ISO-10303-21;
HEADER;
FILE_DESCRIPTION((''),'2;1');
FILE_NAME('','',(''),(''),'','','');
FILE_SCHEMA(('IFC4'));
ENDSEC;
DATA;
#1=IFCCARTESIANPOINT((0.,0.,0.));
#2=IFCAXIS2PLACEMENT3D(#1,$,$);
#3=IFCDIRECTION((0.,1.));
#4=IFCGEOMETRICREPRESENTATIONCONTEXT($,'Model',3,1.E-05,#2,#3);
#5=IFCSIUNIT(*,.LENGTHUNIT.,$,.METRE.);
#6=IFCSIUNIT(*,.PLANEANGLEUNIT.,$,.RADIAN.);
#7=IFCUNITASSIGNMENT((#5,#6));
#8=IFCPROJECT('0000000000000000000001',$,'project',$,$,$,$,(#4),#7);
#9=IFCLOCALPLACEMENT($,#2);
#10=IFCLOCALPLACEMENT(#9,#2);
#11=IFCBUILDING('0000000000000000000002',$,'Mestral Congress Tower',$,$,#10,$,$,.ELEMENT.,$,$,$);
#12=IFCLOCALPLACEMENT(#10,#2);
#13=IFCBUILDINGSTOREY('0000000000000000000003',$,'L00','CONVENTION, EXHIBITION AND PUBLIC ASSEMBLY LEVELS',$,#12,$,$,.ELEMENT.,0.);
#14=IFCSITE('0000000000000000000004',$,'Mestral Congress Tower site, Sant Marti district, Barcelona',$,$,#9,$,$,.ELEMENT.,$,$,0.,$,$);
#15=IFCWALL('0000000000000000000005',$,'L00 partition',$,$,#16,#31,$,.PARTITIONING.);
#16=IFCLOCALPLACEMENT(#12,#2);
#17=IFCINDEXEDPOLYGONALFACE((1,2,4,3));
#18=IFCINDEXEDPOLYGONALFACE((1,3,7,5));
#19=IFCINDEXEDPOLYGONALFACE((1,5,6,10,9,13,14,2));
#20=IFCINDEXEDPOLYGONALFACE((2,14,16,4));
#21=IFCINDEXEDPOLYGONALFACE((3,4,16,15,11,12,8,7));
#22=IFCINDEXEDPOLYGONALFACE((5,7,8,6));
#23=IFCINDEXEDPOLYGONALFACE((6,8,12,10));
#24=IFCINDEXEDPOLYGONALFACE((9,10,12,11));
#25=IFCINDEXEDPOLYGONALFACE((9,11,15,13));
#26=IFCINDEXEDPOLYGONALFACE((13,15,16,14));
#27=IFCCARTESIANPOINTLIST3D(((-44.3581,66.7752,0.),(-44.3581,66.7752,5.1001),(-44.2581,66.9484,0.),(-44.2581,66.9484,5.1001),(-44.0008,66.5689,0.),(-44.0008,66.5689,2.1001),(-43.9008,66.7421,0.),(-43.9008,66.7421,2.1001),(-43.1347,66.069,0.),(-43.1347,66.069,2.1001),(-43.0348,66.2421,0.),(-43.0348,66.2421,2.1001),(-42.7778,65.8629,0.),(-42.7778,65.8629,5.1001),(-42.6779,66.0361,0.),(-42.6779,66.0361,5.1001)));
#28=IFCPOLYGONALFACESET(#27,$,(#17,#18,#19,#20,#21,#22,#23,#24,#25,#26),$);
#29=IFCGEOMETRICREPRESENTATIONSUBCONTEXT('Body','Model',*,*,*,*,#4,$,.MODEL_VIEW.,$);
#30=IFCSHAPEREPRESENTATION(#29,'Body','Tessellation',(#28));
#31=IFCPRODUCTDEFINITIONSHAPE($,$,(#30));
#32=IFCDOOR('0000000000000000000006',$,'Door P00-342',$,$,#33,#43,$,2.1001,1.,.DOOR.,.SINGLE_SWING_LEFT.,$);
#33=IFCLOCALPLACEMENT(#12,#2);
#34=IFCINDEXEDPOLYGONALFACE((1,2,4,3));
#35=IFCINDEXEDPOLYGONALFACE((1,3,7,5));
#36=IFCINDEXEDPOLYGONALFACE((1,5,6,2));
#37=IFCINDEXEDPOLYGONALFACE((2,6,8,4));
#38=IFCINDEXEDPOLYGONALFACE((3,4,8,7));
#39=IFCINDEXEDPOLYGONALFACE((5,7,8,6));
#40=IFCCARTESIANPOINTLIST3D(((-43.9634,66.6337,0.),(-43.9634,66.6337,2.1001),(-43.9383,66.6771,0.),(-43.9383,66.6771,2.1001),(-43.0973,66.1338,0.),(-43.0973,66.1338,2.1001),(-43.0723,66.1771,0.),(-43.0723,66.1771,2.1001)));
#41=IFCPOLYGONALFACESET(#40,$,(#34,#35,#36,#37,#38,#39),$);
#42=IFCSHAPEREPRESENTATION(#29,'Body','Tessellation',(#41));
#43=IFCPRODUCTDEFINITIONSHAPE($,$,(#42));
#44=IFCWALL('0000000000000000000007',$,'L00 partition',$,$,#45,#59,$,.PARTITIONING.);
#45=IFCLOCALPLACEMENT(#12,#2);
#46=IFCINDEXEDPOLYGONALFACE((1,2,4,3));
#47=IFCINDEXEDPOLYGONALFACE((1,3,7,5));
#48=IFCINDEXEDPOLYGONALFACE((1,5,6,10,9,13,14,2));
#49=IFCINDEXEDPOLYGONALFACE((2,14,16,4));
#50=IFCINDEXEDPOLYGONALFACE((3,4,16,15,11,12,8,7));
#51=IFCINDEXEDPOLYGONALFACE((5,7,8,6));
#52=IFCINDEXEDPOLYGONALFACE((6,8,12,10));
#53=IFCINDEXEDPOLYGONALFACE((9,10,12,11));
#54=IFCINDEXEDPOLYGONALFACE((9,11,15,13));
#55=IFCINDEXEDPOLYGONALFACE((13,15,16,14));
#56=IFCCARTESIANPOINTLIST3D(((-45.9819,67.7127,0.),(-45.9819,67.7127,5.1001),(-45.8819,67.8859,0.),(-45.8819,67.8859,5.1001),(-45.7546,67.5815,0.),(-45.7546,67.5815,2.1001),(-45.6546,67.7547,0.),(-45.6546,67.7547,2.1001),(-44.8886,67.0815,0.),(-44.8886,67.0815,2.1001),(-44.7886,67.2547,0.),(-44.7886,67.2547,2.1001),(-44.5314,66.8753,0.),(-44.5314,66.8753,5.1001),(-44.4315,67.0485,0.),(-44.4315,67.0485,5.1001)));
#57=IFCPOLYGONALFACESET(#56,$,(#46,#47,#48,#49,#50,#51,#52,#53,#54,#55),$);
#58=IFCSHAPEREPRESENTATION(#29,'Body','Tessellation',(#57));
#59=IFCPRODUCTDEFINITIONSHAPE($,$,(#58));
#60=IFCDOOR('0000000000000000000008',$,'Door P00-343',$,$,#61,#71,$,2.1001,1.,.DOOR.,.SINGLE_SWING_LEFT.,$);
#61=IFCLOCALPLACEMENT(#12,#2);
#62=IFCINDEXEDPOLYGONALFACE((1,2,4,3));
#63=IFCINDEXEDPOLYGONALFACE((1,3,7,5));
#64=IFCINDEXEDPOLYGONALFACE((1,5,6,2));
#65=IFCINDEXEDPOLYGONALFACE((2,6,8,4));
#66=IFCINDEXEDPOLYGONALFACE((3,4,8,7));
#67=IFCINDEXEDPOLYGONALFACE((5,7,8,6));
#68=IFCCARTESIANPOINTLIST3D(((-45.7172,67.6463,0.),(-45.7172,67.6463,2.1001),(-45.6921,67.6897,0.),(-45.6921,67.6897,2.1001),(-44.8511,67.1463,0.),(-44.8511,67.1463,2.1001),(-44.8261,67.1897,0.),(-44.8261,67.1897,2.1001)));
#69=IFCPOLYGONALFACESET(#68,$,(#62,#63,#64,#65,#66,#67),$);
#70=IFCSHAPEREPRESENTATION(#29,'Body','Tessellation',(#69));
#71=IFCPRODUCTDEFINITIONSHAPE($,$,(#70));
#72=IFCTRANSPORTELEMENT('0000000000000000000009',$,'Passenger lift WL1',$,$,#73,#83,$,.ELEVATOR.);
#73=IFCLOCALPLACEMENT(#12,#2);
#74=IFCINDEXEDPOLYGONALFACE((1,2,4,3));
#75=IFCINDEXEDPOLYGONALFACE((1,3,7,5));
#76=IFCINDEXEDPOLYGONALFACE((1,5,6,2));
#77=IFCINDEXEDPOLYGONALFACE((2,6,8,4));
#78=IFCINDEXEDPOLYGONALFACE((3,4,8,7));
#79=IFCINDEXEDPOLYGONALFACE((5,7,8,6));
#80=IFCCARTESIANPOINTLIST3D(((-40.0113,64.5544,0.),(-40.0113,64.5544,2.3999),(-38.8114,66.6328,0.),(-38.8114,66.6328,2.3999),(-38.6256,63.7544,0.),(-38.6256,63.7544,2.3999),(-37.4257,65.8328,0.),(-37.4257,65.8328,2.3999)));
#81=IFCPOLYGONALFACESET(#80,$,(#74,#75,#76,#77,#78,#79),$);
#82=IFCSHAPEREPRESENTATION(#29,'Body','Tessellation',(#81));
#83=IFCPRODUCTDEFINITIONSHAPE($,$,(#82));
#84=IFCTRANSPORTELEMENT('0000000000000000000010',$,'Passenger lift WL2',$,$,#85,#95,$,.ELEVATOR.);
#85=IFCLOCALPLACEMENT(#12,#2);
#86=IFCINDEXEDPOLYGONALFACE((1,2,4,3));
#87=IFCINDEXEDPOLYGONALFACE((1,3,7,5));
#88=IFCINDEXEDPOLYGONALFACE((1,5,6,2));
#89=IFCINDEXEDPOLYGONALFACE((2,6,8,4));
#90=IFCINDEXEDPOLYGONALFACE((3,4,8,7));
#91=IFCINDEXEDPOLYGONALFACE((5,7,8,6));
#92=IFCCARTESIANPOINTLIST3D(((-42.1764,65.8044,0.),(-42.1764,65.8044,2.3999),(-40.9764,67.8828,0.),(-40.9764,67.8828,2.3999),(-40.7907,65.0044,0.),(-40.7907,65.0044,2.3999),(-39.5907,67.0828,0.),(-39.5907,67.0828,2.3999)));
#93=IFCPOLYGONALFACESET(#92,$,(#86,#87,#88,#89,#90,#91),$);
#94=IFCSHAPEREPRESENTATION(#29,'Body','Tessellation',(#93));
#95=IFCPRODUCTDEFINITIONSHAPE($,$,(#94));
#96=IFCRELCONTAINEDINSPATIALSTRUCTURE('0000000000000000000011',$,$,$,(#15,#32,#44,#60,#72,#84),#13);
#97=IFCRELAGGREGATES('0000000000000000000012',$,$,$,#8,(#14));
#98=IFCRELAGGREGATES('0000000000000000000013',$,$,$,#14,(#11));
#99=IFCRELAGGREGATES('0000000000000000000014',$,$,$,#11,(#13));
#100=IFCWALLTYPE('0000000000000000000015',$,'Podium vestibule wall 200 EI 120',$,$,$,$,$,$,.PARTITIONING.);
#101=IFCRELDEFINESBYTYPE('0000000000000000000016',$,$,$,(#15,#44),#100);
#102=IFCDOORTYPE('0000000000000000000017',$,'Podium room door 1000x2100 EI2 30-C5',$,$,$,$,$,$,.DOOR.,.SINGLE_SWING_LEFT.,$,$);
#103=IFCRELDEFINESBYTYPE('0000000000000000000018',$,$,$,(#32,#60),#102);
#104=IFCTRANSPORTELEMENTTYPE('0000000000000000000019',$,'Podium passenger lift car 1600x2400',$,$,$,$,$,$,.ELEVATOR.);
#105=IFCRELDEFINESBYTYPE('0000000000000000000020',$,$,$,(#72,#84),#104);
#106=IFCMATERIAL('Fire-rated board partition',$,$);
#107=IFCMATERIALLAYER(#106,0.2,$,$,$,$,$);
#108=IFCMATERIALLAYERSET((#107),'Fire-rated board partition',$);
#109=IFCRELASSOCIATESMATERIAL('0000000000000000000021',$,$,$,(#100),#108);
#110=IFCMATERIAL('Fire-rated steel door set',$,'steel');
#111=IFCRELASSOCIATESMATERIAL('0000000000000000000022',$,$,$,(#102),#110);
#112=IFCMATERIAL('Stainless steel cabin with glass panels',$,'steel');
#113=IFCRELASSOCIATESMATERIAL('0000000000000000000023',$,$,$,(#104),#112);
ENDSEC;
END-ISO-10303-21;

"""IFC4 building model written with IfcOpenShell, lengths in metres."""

from ifc_helpers import new_model, si_unit, direction, frame, frame_2d, origin, origin_2d, place, context, subcontext, project, spatial, rectangle, extrude, material, layer, layer_set, type_object, element, fill, save


model = new_model("IFC4")

# Units and contexts
model_context = context("Model", 3, precision=1e-05, world=origin(), true_north=direction((0.0, 1.0)))
body_context = subcontext(model_context, "Body", "Model", "MODEL_VIEW")
ifc_project = project(units=[si_unit("LENGTHUNIT", "METRE"), si_unit("PLANEANGLEUNIT", "RADIAN")], contexts=[model_context])

# Site, building, storey
site_placement = place(None, origin())
site = spatial("IfcSite", under=ifc_project, at=site_placement, Name="Mestral Congress Tower site, Sant Marti district, Barcelona", CompositionType="ELEMENT", RefElevation=0.0)
building_placement = place(site_placement, origin())
building = spatial("IfcBuilding", under=site, at=building_placement, Name="Mestral Congress Tower", CompositionType="ELEMENT")
storey_placement = place(building_placement, origin())
storey = spatial("IfcBuildingStorey", under=building, at=storey_placement, Name="L00", Description="CONVENTION, EXHIBITION AND PUBLIC ASSEMBLY LEVELS", CompositionType="ELEMENT", Elevation=0.0)

# Shared definitions
ifc_material_1 = material(Name="Fire-rated steel door set", Category="steel")

# Shared definitions
ifc_material_2 = material(Name="Fire-rated board partition")
ifc_layer_1 = layer(ifc_material_2, 0.2)
ifc_layer_set_1 = layer_set([ifc_layer_1], Name="Fire-rated board partition")
wall_type_1 = type_object("IfcWallType", Name="Podium vestibule wall 200 EI 120", PredefinedType="PARTITIONING", material=ifc_layer_set_1)

# Walls, openings, doors
wall_1_placement = place(storey_placement, frame((-44.3081, 66.8618, 0.0), z_axis=(0.0, 0.0, 1.0), x_axis=(0.866036, -0.499981, 0.0)))
wall_1 = element("IfcWall", 1, at=wall_1_placement, inside=storey, type_object=wall_type_1, Name="L00 partition", PredefinedType="PARTITIONING", context=body_context, shape_type="SweptSolid", body=[
    extrude(rectangle(XDim=1.8247, YDim=0.2, at=frame_2d((0.9124, 0.0))), origin(), (0.0, 0.0, 1.0), 5.1001),
])
opening_1_placement = place(wall_1_placement, frame((0.4126, 0.0, 0.0)))
opening_1 = element("IfcOpeningElement", 2, at=opening_1_placement, cuts=wall_1, PredefinedType="OPENING", context=body_context, shape_type="SweptSolid", body=[
    extrude(rectangle(XDim=1.0, YDim=2.1001, at=frame_2d((0.5, 1.05))), frame((0.0, 0.1099, 0.0), z_axis=(0.0, -1.0, 0.0), x_axis=(1.0, 0.0, 0.0)), (0.0, 0.0, 1.0), 0.22),
])
door_type_1 = type_object("IfcDoorType", Name="Podium room door 1000x2100 EI2 30-C5", OperationType="SINGLE_SWING_LEFT", PredefinedType="DOOR", material=ifc_material_1)
door_1_placement = place(opening_1_placement, origin())
door_1 = element("IfcDoor", 3, at=door_1_placement, inside=storey, type_object=door_type_1, Name="Door P00-342", OperationType="SINGLE_SWING_LEFT", OverallHeight=2.1001, OverallWidth=1.0, PredefinedType="DOOR", context=body_context, shape_type="SweptSolid", body=[
    extrude(rectangle(XDim=1.0, YDim=2.1001, at=frame_2d((0.5, 1.05))), frame((0.0, 0.0249, 0.0), z_axis=(0.0, -1.0, 0.0), x_axis=(1.0, 0.0, 0.0)), (0.0, 0.0, 1.0), 0.05),
])
fill(opening_1, door_1)
wall_2_placement = place(storey_placement, frame((-45.9319, 67.7993, 0.0), z_axis=(0.0, 0.0, 1.0), x_axis=(0.866028, -0.499996, 0.0)))
wall_2 = element("IfcWall", 4, at=wall_2_placement, inside=storey, type_object=wall_type_1, Name="L00 partition", PredefinedType="PARTITIONING", context=body_context, shape_type="SweptSolid", body=[
    extrude(rectangle(XDim=1.6748, YDim=0.2, at=frame_2d((0.8374, 0.0))), origin(), (0.0, 0.0, 1.0), 5.1001),
])
opening_2_placement = place(wall_2_placement, frame((0.2625, 0.0, 0.0)))
opening_2 = element("IfcOpeningElement", 5, at=opening_2_placement, cuts=wall_2, PredefinedType="OPENING", context=body_context, shape_type="SweptSolid", body=[
    extrude(rectangle(XDim=1.0, YDim=2.1001, at=frame_2d((0.5, 1.05))), frame((0.0, 0.1099, 0.0), z_axis=(0.0, -1.0, 0.0), x_axis=(1.0, 0.0, 0.0)), (0.0, 0.0, 1.0), 0.22),
])
door_2_placement = place(opening_2_placement, origin())
door_2 = element("IfcDoor", 6, at=door_2_placement, inside=storey, type_object=door_type_1, Name="Door P00-343", OperationType="SINGLE_SWING_LEFT", OverallHeight=2.1001, OverallWidth=1.0, PredefinedType="DOOR", context=body_context, shape_type="SweptSolid", body=[
    extrude(rectangle(XDim=1.0, YDim=2.1001, at=frame_2d((0.5, 1.05))), frame((0.0, 0.0249, 0.0), z_axis=(0.0, -1.0, 0.0), x_axis=(1.0, 0.0, 0.0)), (0.0, 0.0, 1.0), 0.05),
])
fill(opening_2, door_2)

# Transport elements
ifc_material_3 = material(Name="Stainless steel cabin with glass panels", Category="steel")
transport_element_type = type_object("IfcTransportElementType", Name="Podium passenger lift car 1600x2400", PredefinedType="ELEVATOR", material=ifc_material_3)
for number, where, z_axis, x_axis, name in (
    (7, (-38.7185, 65.1936, 0.0), (0.0, 0.0, 1.0), (-0.5, -0.866025, 0.0), "Passenger lift WL1"),
    (8, (-40.8835, 66.4436, 0.0), (0.0, 0.0, 1.0), (-0.5, -0.866025, 0.0), "Passenger lift WL2"),
):
    element("IfcTransportElement", number, at=place(storey_placement, frame(where, z_axis=z_axis, x_axis=x_axis)), inside=storey, type_object=transport_element_type, Name=name, PredefinedType="ELEVATOR", context=body_context, shape_type="SweptSolid", body=[
        extrude(rectangle(XDim=2.3999, YDim=1.6001, at=origin_2d()), origin(), (0.0, 0.0, 1.0), 2.3999),
    ])

save(model, "model.ifc")
